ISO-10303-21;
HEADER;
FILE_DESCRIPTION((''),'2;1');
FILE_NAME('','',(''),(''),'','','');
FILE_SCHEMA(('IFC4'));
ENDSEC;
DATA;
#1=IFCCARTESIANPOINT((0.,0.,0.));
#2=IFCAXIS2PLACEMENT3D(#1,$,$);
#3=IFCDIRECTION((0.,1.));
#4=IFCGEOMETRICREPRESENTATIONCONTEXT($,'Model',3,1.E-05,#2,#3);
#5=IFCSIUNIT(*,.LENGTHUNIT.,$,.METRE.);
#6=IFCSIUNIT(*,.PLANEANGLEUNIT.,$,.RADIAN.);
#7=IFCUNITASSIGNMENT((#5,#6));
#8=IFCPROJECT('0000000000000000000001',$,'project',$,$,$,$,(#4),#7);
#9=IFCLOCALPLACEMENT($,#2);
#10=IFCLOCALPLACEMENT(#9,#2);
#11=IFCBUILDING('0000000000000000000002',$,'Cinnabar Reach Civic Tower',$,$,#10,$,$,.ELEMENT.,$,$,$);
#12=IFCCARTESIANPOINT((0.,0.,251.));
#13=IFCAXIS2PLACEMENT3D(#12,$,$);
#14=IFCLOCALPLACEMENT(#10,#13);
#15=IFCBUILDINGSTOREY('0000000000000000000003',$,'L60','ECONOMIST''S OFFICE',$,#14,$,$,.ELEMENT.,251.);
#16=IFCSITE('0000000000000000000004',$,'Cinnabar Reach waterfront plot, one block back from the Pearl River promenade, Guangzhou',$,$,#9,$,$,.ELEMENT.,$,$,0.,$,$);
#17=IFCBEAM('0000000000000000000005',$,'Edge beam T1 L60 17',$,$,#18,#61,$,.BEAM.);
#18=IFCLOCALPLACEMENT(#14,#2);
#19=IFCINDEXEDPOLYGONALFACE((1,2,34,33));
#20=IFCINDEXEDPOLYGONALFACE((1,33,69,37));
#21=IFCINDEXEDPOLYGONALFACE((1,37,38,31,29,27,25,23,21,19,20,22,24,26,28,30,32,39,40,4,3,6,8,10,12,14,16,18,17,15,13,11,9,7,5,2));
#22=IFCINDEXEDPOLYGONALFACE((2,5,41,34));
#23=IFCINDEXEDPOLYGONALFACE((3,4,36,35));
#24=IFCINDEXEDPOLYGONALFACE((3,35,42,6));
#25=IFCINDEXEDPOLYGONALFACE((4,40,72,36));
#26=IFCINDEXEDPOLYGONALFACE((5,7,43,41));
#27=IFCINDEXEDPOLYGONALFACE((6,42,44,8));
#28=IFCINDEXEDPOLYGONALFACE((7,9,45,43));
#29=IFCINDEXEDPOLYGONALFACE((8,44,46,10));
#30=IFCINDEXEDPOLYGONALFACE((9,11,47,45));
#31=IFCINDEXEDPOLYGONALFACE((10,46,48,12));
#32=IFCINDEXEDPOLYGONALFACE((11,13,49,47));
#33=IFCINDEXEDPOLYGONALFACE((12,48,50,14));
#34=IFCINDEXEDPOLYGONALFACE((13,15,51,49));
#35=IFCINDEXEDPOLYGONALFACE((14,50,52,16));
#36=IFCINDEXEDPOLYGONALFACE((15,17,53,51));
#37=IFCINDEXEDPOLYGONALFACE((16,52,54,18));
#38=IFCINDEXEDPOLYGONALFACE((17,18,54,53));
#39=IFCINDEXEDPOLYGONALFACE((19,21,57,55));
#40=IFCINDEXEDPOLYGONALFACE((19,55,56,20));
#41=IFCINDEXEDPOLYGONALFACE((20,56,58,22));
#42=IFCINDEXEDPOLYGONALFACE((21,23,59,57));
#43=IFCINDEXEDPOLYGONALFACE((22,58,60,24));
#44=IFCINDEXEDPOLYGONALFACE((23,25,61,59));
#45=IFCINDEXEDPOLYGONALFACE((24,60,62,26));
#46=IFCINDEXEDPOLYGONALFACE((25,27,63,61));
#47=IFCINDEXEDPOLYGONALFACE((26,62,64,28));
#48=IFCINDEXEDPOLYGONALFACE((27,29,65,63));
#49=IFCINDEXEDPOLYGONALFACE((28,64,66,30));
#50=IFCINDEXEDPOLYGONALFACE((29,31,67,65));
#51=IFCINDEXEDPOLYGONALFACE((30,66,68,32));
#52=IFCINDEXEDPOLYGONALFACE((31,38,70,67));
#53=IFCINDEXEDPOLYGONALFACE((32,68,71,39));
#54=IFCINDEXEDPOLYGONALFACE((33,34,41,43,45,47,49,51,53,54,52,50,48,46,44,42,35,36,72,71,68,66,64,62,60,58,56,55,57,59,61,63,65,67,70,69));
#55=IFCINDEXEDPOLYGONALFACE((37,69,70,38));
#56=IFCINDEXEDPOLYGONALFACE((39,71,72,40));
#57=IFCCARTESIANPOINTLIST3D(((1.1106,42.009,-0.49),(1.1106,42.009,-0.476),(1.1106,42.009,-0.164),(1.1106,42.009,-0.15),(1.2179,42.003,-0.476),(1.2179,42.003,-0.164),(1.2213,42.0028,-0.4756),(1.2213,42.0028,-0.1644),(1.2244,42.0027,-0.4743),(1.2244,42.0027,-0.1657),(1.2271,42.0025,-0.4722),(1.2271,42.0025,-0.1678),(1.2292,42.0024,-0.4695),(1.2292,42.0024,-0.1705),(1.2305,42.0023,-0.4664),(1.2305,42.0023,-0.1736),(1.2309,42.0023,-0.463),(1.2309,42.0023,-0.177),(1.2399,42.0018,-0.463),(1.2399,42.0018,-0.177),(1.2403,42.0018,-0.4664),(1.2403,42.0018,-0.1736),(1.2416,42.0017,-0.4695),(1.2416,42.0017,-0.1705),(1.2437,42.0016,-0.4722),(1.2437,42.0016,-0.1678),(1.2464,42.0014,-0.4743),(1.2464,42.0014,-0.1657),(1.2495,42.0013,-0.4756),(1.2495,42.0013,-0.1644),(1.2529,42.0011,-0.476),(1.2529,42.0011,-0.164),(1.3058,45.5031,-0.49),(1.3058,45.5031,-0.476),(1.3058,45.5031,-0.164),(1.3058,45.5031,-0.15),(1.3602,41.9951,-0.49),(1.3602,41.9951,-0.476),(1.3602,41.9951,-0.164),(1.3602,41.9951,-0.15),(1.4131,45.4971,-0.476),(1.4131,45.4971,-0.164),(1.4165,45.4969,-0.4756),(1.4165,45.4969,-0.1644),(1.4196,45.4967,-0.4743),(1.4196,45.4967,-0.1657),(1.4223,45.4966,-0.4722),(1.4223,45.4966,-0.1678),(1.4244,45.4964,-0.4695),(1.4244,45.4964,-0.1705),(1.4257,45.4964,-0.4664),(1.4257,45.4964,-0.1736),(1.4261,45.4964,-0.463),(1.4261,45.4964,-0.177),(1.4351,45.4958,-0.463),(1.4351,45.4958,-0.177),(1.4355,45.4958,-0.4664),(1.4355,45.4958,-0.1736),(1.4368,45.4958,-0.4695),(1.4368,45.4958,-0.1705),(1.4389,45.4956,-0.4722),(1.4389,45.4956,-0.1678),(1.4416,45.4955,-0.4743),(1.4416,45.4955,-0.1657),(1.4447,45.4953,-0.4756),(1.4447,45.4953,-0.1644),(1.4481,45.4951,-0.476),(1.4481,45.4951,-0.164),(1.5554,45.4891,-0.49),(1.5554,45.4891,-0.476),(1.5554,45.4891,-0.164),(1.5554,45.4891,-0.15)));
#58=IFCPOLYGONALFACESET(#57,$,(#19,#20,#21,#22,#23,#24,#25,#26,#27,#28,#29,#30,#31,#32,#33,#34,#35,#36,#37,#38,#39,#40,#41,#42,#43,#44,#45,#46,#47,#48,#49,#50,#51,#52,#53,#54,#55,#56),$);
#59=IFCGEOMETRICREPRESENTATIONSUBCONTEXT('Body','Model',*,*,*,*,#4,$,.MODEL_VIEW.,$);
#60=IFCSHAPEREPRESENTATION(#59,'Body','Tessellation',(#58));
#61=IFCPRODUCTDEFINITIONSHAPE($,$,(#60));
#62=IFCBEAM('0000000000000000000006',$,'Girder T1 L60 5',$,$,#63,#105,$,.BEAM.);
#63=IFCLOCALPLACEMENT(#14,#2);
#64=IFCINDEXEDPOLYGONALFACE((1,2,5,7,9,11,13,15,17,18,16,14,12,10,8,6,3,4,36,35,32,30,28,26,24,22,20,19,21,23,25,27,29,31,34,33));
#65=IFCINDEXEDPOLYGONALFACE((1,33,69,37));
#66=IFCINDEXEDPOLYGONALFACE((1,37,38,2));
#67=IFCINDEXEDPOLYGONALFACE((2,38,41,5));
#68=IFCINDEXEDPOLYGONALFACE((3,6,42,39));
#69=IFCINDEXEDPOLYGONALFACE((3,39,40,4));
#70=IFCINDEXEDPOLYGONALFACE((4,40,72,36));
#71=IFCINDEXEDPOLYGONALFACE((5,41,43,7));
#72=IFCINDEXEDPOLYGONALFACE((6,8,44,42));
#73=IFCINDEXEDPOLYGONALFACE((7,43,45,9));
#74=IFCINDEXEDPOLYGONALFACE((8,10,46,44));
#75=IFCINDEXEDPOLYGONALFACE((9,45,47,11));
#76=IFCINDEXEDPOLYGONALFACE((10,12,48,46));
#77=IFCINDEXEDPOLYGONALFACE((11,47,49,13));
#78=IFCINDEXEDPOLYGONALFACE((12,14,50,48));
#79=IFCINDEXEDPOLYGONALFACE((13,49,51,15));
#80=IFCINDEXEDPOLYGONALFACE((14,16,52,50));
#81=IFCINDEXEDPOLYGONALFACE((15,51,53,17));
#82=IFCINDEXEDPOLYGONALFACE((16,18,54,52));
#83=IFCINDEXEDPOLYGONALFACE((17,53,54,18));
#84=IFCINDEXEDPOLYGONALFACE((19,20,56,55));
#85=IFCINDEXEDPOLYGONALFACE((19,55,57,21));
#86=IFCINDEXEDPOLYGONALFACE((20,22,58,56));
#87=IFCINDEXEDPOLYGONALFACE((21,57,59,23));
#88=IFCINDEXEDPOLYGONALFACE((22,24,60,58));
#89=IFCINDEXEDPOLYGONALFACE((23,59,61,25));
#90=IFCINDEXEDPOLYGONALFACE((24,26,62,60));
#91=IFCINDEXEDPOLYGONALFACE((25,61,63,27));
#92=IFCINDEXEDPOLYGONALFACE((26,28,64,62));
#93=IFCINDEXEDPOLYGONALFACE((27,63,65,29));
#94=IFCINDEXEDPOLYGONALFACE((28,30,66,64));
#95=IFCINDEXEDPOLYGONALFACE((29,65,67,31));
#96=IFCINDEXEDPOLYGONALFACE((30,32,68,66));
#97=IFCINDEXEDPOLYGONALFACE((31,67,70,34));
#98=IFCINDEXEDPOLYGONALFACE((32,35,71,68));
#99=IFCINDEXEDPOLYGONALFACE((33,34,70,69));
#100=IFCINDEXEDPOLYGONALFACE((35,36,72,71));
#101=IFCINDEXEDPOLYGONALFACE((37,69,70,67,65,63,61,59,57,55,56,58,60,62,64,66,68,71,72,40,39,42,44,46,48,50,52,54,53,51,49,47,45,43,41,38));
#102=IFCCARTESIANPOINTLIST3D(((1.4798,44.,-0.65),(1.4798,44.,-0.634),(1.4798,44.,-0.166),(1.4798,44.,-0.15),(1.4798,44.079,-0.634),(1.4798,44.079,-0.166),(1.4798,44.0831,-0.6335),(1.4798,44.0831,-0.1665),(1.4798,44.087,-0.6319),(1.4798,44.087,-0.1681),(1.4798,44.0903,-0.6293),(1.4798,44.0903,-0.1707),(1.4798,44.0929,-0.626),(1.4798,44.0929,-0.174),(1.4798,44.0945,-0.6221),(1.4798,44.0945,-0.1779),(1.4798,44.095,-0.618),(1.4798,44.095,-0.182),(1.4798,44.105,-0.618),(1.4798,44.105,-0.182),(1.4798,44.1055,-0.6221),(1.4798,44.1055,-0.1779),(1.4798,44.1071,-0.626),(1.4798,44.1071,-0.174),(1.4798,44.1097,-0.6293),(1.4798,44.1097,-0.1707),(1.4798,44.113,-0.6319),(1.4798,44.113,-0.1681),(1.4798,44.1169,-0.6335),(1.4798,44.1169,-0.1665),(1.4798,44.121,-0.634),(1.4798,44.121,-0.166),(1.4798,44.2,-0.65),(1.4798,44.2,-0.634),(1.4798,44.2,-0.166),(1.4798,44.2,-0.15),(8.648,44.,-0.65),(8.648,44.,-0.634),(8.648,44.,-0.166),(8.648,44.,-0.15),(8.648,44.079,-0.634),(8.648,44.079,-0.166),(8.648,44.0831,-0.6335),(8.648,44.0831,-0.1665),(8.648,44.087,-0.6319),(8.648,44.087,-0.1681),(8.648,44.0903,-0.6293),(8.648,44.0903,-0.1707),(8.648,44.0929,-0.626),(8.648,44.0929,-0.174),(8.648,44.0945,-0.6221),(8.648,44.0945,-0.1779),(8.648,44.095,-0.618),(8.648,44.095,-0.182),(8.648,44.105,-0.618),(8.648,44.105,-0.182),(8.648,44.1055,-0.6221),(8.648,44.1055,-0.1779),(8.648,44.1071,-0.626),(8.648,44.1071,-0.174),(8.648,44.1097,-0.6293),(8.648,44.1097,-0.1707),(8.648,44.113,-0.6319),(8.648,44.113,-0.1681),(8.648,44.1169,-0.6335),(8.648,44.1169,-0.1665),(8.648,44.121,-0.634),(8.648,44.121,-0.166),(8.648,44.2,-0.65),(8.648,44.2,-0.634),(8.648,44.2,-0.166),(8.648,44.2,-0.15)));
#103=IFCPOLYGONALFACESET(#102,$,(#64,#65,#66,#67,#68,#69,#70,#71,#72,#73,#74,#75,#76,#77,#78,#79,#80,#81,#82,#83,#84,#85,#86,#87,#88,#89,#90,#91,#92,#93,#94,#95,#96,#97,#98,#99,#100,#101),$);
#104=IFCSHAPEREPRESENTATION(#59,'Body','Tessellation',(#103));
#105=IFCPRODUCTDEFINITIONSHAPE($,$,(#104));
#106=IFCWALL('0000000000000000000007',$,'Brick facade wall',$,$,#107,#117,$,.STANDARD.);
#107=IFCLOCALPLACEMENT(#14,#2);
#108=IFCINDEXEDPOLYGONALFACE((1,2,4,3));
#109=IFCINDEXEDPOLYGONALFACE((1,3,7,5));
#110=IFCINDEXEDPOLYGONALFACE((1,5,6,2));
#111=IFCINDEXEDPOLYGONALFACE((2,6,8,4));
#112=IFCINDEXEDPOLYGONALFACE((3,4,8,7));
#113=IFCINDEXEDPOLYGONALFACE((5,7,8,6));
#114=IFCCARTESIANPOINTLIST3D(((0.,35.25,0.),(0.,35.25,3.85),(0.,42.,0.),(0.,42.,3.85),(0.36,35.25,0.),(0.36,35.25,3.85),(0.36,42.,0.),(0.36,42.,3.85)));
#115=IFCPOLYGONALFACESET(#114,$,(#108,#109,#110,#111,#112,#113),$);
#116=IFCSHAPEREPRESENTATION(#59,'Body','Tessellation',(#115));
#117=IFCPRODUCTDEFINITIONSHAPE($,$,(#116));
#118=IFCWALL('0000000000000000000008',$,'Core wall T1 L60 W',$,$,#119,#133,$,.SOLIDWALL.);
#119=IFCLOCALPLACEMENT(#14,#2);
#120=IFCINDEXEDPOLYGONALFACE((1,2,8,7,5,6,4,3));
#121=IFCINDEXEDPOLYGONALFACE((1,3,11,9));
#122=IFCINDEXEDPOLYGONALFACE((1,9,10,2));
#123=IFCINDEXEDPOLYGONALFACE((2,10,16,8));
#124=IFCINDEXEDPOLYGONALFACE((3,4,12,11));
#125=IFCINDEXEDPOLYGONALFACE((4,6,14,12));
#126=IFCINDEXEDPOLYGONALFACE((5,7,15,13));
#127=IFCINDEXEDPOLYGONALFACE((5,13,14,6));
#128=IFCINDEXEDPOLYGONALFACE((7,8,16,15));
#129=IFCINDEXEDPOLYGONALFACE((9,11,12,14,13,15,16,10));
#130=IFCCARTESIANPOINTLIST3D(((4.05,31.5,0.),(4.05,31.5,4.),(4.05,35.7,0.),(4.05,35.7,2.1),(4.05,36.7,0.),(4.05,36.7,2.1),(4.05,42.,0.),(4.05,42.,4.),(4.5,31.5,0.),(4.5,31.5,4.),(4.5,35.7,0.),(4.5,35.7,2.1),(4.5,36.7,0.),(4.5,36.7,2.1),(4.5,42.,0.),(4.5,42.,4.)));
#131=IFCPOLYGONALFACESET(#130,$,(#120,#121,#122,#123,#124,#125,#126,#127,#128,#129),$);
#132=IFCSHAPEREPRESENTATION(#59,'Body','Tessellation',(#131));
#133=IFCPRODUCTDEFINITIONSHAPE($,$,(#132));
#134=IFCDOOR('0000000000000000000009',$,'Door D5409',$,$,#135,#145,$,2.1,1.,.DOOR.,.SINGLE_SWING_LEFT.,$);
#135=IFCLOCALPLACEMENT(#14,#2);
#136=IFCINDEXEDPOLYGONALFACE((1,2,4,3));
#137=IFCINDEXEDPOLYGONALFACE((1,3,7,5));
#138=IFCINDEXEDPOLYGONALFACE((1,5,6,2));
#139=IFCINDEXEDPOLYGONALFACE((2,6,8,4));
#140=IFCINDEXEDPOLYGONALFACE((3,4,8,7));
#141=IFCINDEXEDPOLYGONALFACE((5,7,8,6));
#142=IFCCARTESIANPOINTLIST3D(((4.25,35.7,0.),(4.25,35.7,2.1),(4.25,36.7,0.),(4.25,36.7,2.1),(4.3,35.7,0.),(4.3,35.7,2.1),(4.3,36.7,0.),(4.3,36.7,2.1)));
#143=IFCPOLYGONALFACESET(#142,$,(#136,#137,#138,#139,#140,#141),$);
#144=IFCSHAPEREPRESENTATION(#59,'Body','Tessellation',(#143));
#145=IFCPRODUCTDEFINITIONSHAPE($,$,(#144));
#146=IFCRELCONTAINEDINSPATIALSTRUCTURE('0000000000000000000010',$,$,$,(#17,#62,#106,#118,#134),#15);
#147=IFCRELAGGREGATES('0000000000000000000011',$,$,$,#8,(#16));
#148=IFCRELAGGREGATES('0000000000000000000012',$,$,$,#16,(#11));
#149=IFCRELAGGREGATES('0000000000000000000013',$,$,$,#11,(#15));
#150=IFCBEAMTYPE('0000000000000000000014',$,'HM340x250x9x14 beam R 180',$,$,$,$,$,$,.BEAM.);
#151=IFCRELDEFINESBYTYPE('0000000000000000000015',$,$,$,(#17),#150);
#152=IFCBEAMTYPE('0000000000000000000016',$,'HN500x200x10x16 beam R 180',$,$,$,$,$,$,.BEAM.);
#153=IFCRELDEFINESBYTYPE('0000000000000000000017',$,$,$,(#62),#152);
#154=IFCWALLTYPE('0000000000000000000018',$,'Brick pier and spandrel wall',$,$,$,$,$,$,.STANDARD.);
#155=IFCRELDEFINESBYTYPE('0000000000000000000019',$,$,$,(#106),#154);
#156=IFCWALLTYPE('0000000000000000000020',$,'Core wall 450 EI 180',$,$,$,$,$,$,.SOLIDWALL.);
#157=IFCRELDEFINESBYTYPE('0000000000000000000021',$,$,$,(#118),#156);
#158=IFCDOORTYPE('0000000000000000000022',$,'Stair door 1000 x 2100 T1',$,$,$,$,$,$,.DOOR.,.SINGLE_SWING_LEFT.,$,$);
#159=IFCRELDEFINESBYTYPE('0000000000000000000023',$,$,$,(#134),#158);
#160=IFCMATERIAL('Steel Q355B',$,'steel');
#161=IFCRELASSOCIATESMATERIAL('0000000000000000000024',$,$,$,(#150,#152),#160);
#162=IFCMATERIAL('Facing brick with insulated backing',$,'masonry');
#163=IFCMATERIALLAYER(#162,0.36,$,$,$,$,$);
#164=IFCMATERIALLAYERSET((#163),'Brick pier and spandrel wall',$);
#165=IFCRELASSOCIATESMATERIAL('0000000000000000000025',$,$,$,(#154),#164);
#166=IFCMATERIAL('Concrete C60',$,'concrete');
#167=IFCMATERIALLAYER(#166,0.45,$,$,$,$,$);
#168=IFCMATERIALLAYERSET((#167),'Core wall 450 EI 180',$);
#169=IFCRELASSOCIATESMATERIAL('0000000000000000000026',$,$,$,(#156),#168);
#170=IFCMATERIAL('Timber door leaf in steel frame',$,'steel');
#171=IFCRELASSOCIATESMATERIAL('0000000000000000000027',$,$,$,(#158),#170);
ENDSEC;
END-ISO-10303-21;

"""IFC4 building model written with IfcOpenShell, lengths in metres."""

from ifc_helpers import new_model, si_unit, direction, frame, frame_2d, origin, origin_2d, place, context, subcontext, project, spatial, rectangle, i_section, extrude, material, layer, layer_set, material_profile, profile_set, type_object, element, fill, save


model = new_model("IFC4")

# Units and contexts
model_context = context("Model", 3, precision=1e-05, world=origin(), true_north=direction((0.0, 1.0)))
body_context = subcontext(model_context, "Body", "Model", "MODEL_VIEW")
ifc_project = project(units=[si_unit("LENGTHUNIT", "METRE"), si_unit("PLANEANGLEUNIT", "RADIAN")], contexts=[model_context])

# Site, building, storey
site_placement = place(None, origin())
site = spatial("IfcSite", under=ifc_project, at=site_placement, Name="Cinnabar Reach waterfront plot, one block back from the Pearl River promenade, Guangzhou", CompositionType="ELEMENT", RefElevation=0.0)
building_placement = place(site_placement, origin())
building = spatial("IfcBuilding", under=site, at=building_placement, Name="Cinnabar Reach Civic Tower", CompositionType="ELEMENT")
storey_placement = place(building_placement, frame((0.0, 0.0, 251.0)))
storey = spatial("IfcBuildingStorey", under=building, at=storey_placement, Name="L60", Description="ECONOMIST'S OFFICE", CompositionType="ELEMENT", Elevation=251.0)

# Beams
ifc_material_1 = material(Name="Steel Q355B", Category="steel")
ifc_material_profile_1 = material_profile(ifc_material_1, i_section(OverallWidth=0.25, OverallDepth=0.34, WebThickness=0.009, FlangeThickness=0.014, FilletRadius=0.013, at=origin_2d()), Name="HM340x250x9x14")
ifc_profile_set_1 = profile_set([ifc_material_profile_1], Name="Steel Q355B")
beam_type_1 = type_object("IfcBeamType", Name="HM340x250x9x14 beam R 180", PredefinedType="BEAM", material=ifc_profile_set_1)
beam_1_placement = place(storey_placement, frame((1.4306, 45.4961, -0.32), z_axis=(-0.055779, -0.998443, 0.0), x_axis=(0.998443, -0.055779, 0.0)))
element("IfcBeam", 1, at=beam_1_placement, inside=storey, type_object=beam_type_1, Name="Edge beam T1 L60 17", PredefinedType="BEAM", context=body_context, shape_type="SweptSolid", body=[
    extrude(i_section(OverallWidth=0.25, OverallDepth=0.34, WebThickness=0.009, FlangeThickness=0.014, FilletRadius=0.013, at=origin_2d()), origin(), (0.0, 0.0, 1.0), 3.4995),
])
ifc_material_profile_2 = material_profile(ifc_material_1, i_section(OverallWidth=0.2, OverallDepth=0.5, WebThickness=0.01, FlangeThickness=0.016, FilletRadius=0.016, at=origin_2d()), Name="HN500x200x10x16")
ifc_profile_set_2 = profile_set([ifc_material_profile_2], Name="Steel Q355B")
beam_type_2 = type_object("IfcBeamType", Name="HN500x200x10x16 beam R 180", PredefinedType="BEAM", material=ifc_profile_set_2)
beam_2_placement = place(storey_placement, frame((1.4798, 44.1, -0.4), z_axis=(1.0, 0.0, 0.0), x_axis=(0.0, 1.0, 0.0)))
element("IfcBeam", 2, at=beam_2_placement, inside=storey, type_object=beam_type_2, Name="Girder T1 L60 5", PredefinedType="BEAM", context=body_context, shape_type="SweptSolid", body=[
    extrude(i_section(OverallWidth=0.2, OverallDepth=0.5, WebThickness=0.01, FlangeThickness=0.016, FilletRadius=0.016, at=origin_2d()), origin(), (0.0, 0.0, 1.0), 7.1682),
])

# Wall
ifc_material_2 = material(Name="Facing brick with insulated backing", Category="masonry")
ifc_layer_1 = layer(ifc_material_2, 0.36)
ifc_layer_set_1 = layer_set([ifc_layer_1], Name="Brick pier and spandrel wall")
wall_type_1 = type_object("IfcWallType", Name="Brick pier and spandrel wall", PredefinedType="STANDARD", material=ifc_layer_set_1)
wall_1_placement = place(storey_placement, frame((0.18, 42.0, 0.0), z_axis=(0.0, 0.0, 1.0), x_axis=(0.0, -1.0, 0.0)))
element("IfcWall", 3, at=wall_1_placement, inside=storey, type_object=wall_type_1, Name="Brick facade wall", PredefinedType="STANDARD", context=body_context, shape_type="SweptSolid", body=[
    extrude(rectangle(XDim=6.75, YDim=0.36, at=frame_2d((3.375, 0.0))), origin(), (0.0, 0.0, 1.0), 3.85),
])

# Wall, opening, door
ifc_material_3 = material(Name="Concrete C60", Category="concrete")
ifc_layer_2 = layer(ifc_material_3, 0.45)
ifc_layer_set_2 = layer_set([ifc_layer_2], Name="Core wall 450 EI 180")
wall_type_2 = type_object("IfcWallType", Name="Core wall 450 EI 180", PredefinedType="SOLIDWALL", material=ifc_layer_set_2)
wall_2_placement = place(storey_placement, frame((4.275, 42.0, 0.0), z_axis=(0.0, 0.0, 1.0), x_axis=(0.0, -1.0, 0.0)))
wall_2 = element("IfcWall", 4, at=wall_2_placement, inside=storey, type_object=wall_type_2, Name="Core wall T1 L60 W", PredefinedType="SOLIDWALL", context=body_context, shape_type="SweptSolid", body=[
    extrude(rectangle(XDim=10.5, YDim=0.45, at=frame_2d((5.25, 0.0))), origin(), (0.0, 0.0, 1.0), 4.0),
])
opening_1_placement = place(wall_2_placement, frame((5.3, 0.0, 0.0)))
opening_1 = element("IfcOpeningElement", 5, at=opening_1_placement, cuts=wall_2, PredefinedType="OPENING", context=body_context, shape_type="SweptSolid", body=[
    extrude(rectangle(XDim=1.0, YDim=2.1, at=frame_2d((0.5, 1.05))), frame((0.0, 0.235, 0.0), z_axis=(0.0, -1.0, 0.0), x_axis=(1.0, 0.0, 0.0)), (0.0, 0.0, 1.0), 0.47),
])
ifc_material_4 = material(Name="Timber door leaf in steel frame", Category="steel")
door_type_1 = type_object("IfcDoorType", Name="Stair door 1000 x 2100 T1", OperationType="SINGLE_SWING_LEFT", PredefinedType="DOOR", material=ifc_material_4)
door_1_placement = place(opening_1_placement, frame((1.0, 0.0, 0.0), z_axis=(0.0, 0.0, 1.0), x_axis=(-1.0, 0.0, 0.0)))
door_1 = element("IfcDoor", 6, at=door_1_placement, inside=storey, type_object=door_type_1, Name="Door D5409", OperationType="SINGLE_SWING_LEFT", OverallHeight=2.1, OverallWidth=1.0, PredefinedType="DOOR", context=body_context, shape_type="SweptSolid", body=[
    extrude(rectangle(XDim=1.0, YDim=2.1, at=frame_2d((0.5, 1.05))), frame((0.0, 0.025, 0.0), z_axis=(0.0, -1.0, 0.0), x_axis=(1.0, 0.0, 0.0)), (0.0, 0.0, 1.0), 0.05),
])
fill(opening_1, door_1)

save(model, "model.ifc")
